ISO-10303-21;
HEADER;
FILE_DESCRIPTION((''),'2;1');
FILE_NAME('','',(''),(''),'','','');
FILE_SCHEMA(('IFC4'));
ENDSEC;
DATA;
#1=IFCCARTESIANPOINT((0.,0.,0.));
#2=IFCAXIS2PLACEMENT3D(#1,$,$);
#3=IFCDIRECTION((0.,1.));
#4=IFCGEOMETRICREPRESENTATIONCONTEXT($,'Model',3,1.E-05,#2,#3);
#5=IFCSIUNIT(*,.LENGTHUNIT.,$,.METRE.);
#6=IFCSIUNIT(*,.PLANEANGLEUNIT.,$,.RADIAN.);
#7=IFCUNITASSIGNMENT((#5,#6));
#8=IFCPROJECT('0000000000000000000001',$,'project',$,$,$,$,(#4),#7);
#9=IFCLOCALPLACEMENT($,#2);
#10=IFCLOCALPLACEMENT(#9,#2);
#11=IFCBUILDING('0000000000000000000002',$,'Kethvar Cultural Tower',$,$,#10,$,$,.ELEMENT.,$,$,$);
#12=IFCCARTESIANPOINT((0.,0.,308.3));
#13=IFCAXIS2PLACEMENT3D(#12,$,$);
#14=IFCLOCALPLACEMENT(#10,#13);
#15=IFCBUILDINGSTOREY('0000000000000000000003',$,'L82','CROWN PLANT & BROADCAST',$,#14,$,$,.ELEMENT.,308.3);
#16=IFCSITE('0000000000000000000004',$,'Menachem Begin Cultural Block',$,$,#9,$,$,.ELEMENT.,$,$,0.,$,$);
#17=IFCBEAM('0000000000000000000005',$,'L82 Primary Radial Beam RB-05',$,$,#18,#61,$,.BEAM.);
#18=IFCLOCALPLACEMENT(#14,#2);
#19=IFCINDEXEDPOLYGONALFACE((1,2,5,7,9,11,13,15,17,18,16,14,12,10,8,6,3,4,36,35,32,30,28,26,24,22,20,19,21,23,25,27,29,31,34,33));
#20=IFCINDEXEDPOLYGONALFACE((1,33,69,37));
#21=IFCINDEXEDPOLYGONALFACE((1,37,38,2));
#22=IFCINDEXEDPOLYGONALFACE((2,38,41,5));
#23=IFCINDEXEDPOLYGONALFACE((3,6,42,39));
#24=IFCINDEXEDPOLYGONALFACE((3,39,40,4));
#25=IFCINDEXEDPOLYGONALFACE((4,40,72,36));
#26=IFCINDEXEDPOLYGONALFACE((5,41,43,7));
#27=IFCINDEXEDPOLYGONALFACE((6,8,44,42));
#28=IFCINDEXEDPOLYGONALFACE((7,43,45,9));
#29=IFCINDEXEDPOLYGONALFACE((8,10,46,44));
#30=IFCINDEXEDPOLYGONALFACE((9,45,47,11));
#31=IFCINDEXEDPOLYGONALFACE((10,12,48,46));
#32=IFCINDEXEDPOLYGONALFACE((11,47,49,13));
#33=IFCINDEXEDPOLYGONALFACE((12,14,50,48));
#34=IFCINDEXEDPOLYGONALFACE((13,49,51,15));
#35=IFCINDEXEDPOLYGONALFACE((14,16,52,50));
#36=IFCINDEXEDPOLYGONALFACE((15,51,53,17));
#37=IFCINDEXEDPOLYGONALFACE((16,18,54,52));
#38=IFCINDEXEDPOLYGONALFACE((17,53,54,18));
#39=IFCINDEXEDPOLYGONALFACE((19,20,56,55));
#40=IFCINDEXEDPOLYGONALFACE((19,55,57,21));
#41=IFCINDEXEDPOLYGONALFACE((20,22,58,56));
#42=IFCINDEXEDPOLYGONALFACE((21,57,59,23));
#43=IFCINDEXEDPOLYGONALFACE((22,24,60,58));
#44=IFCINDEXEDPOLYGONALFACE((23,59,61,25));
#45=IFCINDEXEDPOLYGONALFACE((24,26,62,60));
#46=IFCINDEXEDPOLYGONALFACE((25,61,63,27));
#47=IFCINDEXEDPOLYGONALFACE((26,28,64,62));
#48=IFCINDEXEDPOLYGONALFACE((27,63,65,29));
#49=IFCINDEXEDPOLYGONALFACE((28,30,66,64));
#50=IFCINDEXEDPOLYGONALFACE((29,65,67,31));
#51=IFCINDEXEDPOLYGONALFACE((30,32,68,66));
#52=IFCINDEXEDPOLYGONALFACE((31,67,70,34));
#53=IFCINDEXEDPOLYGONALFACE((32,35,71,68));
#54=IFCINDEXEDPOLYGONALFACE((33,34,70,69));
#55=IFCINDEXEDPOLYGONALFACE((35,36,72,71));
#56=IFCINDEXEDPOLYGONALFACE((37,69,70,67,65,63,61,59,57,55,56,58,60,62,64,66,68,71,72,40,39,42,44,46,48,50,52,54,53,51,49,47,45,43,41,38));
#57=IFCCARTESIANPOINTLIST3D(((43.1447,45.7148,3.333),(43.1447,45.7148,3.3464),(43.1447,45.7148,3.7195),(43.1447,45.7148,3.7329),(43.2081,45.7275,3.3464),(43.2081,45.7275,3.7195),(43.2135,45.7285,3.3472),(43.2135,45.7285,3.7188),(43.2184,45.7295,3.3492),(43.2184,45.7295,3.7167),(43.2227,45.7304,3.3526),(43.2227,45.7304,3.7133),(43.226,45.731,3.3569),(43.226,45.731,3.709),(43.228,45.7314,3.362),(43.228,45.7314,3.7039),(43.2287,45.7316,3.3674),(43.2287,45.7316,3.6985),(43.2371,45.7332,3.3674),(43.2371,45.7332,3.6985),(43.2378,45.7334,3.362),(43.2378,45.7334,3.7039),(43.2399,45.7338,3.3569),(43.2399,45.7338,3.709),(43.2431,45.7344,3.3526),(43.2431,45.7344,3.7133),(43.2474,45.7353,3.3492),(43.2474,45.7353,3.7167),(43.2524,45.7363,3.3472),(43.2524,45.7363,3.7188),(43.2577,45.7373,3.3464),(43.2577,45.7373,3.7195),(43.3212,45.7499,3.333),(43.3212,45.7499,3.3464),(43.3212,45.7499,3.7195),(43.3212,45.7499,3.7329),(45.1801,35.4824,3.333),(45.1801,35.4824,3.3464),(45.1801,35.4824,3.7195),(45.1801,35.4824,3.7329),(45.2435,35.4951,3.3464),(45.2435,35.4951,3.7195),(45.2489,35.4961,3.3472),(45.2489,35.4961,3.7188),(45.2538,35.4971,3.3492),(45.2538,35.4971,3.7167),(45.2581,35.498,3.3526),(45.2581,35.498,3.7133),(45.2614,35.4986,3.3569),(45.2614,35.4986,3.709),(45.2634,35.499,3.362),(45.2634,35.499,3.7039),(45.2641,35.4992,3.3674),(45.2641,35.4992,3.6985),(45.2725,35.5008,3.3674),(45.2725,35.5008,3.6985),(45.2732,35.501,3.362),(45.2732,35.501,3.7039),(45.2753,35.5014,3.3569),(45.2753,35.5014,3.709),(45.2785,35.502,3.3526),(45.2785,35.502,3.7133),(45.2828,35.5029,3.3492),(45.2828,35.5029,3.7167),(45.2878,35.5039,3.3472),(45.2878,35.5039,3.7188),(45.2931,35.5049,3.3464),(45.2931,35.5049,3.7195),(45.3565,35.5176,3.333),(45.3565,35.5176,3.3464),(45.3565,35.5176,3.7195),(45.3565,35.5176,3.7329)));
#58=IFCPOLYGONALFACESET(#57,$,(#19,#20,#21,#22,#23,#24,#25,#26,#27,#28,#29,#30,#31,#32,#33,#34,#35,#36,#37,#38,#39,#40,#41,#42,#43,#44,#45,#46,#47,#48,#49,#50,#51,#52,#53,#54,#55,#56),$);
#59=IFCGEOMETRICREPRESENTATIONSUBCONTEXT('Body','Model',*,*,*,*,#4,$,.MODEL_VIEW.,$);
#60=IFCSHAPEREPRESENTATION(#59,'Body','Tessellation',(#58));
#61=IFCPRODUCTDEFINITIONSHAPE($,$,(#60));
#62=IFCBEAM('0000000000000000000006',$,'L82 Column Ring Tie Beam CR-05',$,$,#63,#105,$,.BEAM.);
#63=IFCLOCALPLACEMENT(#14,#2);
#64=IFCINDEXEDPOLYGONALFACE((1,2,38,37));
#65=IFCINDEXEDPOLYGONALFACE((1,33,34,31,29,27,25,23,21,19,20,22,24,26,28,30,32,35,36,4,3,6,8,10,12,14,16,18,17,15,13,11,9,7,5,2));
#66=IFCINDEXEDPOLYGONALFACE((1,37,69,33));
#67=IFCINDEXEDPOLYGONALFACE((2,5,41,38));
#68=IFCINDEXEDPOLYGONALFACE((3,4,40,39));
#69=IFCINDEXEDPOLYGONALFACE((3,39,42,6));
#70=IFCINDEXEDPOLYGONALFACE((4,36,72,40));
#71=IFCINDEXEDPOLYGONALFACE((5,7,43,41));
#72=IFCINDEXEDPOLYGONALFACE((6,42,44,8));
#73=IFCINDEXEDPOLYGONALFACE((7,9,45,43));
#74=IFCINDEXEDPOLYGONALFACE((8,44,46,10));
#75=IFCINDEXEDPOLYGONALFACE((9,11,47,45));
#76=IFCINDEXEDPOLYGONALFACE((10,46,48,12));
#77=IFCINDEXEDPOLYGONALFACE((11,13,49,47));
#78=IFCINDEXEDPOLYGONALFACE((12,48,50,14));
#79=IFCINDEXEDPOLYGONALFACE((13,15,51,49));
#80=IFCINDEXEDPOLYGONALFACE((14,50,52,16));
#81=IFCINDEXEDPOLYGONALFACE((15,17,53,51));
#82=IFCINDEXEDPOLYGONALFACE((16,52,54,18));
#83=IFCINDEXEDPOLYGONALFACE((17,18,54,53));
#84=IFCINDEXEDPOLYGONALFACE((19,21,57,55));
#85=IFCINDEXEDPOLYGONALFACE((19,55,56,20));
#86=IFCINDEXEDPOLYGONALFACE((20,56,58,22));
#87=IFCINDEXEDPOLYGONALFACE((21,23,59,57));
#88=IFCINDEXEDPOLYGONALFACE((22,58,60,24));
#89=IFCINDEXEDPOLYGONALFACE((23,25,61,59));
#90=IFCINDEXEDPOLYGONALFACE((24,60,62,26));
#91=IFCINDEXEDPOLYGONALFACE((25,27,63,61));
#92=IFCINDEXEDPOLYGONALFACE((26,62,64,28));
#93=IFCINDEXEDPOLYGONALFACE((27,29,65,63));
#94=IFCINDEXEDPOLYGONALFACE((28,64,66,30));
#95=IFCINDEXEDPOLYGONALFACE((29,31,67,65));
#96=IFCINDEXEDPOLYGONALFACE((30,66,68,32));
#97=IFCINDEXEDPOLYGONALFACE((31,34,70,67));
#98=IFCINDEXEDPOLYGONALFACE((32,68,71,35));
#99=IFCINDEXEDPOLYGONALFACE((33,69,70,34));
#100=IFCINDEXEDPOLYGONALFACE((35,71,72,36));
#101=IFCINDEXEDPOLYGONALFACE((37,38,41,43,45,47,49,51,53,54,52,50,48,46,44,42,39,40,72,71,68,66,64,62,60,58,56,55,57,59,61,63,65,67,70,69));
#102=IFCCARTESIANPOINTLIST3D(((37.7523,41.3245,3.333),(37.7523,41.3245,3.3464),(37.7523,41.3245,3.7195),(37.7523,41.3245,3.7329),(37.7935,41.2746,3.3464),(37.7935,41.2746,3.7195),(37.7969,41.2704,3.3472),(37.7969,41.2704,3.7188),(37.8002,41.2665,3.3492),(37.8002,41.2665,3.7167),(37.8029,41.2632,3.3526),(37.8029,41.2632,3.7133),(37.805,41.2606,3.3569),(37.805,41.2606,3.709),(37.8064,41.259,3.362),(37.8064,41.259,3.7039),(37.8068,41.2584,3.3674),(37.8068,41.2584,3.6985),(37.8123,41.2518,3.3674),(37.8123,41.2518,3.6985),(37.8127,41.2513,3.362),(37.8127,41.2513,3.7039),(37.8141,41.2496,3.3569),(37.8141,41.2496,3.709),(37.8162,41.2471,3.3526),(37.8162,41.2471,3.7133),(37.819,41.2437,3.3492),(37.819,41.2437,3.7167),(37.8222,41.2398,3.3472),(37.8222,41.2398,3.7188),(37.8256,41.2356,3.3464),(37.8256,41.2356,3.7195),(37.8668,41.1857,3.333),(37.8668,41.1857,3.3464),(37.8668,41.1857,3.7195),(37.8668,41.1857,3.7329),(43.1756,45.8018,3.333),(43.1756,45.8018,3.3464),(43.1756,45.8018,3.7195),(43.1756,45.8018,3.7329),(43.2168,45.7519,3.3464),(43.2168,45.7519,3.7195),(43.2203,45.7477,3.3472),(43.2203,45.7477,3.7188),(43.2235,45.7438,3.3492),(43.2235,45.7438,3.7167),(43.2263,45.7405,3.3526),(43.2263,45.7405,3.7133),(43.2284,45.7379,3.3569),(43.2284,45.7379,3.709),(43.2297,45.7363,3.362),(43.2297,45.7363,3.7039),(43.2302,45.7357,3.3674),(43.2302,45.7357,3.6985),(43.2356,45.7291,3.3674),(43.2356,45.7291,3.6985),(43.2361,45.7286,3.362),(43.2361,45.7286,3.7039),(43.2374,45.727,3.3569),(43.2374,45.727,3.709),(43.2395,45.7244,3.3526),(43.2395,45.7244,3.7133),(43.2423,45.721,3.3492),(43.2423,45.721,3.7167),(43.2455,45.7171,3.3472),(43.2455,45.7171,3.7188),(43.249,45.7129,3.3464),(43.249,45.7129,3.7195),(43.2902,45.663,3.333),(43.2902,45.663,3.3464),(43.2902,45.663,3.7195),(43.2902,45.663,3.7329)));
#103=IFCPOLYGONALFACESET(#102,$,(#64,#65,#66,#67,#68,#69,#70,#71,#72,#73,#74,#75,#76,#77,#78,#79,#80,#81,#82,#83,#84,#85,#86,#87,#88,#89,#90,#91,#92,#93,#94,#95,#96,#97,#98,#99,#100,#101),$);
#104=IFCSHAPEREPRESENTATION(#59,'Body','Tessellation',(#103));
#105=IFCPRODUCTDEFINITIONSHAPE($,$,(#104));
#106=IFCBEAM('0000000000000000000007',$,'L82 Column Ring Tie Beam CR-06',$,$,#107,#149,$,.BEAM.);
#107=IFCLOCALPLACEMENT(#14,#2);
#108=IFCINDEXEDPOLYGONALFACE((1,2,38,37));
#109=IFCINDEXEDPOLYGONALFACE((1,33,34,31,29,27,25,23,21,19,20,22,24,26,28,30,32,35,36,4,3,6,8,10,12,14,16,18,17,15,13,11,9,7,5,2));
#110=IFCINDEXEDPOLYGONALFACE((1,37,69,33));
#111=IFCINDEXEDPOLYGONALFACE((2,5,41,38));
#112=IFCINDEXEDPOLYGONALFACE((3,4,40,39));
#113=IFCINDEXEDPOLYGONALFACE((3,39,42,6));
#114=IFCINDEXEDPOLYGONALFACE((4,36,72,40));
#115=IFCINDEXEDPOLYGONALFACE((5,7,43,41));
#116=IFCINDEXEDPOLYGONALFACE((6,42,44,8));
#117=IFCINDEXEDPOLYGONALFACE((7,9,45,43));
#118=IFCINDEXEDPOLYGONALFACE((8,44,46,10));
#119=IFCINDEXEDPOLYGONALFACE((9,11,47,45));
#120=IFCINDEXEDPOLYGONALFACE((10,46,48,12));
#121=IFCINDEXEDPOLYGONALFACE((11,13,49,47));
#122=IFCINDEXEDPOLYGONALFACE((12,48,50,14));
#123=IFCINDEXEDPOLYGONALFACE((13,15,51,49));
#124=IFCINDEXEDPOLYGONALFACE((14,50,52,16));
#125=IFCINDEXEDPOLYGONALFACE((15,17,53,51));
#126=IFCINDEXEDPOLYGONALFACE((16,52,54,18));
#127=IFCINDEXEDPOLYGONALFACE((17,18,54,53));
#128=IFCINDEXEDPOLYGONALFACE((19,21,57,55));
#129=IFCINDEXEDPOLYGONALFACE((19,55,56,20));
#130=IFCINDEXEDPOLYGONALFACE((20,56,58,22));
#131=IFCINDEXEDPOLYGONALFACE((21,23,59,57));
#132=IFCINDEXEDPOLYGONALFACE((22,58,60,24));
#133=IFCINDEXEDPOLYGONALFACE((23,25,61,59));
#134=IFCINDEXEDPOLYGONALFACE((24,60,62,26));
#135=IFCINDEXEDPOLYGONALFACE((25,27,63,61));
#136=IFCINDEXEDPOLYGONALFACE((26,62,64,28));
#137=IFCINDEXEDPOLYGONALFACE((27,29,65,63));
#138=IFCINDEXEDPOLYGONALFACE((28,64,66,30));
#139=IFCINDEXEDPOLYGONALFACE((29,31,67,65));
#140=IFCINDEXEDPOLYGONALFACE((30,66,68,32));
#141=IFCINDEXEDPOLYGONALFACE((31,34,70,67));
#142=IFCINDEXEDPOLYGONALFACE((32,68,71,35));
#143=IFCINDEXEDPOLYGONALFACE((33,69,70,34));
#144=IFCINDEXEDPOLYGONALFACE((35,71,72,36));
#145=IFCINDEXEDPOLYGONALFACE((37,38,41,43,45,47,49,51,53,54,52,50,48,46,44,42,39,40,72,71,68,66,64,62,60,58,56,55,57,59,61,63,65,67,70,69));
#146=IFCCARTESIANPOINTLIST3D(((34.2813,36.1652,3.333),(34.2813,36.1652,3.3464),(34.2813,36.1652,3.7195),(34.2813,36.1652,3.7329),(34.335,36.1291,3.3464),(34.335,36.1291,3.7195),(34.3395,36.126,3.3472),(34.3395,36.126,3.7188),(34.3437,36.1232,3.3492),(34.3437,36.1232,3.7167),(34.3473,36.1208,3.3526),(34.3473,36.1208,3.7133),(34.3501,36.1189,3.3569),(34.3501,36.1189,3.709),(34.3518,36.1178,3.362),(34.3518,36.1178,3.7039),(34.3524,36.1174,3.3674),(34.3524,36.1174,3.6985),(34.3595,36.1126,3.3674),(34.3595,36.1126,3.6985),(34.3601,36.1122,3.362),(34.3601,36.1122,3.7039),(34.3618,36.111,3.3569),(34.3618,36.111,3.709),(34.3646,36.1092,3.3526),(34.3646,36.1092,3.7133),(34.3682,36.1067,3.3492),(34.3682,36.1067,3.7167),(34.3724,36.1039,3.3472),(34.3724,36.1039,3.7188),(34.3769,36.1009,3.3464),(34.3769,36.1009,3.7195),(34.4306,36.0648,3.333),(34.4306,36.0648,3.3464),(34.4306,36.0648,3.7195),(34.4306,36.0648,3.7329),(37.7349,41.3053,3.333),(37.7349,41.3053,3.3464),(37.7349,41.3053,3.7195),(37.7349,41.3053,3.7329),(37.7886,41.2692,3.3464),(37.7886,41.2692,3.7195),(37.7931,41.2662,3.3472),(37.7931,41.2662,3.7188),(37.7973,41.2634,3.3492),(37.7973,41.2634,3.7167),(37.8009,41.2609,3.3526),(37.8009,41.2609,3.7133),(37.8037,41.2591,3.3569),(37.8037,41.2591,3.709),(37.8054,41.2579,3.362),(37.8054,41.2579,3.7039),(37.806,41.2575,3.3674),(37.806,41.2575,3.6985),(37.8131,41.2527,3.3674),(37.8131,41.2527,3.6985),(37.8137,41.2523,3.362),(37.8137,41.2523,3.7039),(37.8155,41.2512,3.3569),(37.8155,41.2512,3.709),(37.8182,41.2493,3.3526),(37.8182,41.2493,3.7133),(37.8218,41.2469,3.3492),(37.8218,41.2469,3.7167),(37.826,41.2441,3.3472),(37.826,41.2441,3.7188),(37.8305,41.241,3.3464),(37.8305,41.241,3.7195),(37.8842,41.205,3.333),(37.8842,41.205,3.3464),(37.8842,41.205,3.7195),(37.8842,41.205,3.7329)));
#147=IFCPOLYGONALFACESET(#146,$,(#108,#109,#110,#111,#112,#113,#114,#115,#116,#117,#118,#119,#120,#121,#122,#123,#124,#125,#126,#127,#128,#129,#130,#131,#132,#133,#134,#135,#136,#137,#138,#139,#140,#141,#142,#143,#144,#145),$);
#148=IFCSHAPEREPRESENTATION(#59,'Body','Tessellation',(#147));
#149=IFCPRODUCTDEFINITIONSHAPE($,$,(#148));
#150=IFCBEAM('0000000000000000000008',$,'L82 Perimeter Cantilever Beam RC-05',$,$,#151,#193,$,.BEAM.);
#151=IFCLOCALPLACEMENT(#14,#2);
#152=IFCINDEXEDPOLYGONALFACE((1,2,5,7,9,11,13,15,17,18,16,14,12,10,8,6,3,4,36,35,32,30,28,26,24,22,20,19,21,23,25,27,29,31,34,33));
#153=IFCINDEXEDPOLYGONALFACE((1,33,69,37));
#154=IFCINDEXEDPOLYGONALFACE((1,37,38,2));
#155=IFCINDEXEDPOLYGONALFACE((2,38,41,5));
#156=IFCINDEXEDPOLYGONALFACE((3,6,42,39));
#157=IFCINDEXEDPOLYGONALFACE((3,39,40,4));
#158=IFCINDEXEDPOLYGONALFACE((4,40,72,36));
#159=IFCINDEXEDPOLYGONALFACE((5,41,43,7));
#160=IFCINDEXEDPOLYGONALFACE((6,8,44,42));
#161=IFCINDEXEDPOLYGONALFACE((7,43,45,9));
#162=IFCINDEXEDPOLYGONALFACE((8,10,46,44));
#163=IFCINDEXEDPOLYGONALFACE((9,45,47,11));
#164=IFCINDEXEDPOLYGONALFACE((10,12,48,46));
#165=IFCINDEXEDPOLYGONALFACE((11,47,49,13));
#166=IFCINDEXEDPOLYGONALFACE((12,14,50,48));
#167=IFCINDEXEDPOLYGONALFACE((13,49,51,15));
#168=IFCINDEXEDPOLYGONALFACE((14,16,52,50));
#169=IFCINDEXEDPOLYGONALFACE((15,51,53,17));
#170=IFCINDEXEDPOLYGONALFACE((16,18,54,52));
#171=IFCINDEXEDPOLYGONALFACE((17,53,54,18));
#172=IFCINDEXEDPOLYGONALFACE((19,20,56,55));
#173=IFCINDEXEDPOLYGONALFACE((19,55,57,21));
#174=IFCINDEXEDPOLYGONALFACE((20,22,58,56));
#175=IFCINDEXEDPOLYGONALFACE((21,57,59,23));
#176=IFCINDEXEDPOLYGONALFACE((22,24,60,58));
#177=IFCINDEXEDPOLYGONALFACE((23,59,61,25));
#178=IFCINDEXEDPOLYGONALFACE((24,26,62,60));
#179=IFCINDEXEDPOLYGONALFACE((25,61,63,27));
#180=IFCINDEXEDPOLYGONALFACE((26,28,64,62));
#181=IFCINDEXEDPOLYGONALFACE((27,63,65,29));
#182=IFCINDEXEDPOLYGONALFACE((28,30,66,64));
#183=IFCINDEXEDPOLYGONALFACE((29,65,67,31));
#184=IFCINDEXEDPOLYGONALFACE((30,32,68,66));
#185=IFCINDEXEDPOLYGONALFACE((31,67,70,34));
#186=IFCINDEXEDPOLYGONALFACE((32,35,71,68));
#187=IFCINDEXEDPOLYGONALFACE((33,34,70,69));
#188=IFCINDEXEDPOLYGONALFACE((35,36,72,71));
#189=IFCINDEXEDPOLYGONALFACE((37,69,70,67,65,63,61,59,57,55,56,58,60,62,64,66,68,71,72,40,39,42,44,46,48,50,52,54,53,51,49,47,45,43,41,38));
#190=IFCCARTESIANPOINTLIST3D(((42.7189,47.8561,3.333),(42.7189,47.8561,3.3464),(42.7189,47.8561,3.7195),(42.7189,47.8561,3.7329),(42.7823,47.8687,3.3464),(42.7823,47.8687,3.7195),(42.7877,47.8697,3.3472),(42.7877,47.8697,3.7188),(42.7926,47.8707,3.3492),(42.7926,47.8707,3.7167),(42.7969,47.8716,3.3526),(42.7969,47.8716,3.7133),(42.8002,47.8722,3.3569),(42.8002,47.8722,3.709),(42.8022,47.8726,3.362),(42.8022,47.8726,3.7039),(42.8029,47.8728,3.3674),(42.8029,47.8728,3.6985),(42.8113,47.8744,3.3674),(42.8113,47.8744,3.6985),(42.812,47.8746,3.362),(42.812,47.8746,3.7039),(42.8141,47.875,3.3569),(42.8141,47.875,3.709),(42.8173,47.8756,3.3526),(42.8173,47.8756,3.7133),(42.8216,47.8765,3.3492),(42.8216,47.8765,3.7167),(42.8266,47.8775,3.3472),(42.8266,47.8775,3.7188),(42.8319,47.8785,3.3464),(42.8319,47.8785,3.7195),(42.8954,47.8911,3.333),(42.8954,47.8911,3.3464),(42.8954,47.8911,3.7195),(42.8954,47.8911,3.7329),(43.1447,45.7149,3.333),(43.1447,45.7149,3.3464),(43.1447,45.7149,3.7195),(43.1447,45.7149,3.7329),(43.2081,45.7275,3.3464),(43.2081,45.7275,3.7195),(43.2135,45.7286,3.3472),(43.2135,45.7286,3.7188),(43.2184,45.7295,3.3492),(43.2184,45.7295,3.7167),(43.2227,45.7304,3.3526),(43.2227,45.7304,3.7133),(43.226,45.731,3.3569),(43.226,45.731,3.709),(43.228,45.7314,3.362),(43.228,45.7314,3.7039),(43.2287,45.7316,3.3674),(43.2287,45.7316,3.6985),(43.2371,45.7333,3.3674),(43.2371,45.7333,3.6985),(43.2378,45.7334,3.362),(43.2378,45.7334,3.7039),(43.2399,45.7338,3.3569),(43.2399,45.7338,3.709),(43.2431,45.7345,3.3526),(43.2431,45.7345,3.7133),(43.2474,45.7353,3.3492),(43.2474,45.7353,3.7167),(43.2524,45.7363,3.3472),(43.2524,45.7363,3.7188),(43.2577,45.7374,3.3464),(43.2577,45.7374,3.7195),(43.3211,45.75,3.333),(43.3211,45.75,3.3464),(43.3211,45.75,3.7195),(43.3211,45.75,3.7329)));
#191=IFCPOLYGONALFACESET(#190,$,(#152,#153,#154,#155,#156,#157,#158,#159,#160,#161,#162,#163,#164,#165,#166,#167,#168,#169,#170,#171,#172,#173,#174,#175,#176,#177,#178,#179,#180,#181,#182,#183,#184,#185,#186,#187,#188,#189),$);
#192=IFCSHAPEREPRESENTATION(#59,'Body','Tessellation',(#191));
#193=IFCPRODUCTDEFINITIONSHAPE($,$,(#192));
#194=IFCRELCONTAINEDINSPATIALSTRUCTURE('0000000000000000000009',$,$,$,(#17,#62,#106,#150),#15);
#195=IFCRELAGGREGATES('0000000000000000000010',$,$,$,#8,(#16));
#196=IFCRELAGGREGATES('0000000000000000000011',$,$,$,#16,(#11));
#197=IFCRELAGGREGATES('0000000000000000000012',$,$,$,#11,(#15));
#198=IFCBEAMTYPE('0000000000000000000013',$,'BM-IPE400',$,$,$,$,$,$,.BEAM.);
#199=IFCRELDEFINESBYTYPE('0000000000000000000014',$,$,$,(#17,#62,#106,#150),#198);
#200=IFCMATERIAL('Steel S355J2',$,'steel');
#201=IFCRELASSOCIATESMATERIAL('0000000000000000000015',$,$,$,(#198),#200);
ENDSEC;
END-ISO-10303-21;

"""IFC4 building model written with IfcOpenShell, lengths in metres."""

from ifc_helpers import new_model, si_unit, direction, frame, origin, origin_2d, place, context, subcontext, project, spatial, i_section, extrude, source, transform, mapped, material, material_profile, profile_set, type_object, element, save


model = new_model("IFC4")

# Units and contexts
model_context = context("Model", 3, precision=1e-05, world=origin(), true_north=direction((0.0, 1.0)))
body_context = subcontext(model_context, "Body", "Model", "MODEL_VIEW")
ifc_project = project(units=[si_unit("LENGTHUNIT", "METRE"), si_unit("PLANEANGLEUNIT", "RADIAN")], contexts=[model_context])

# Site, building, storey
site_placement = place(None, origin())
site = spatial("IfcSite", under=ifc_project, at=site_placement, Name="Menachem Begin Cultural Block", CompositionType="ELEMENT", RefElevation=0.0)
building_placement = place(site_placement, origin())
building = spatial("IfcBuilding", under=site, at=building_placement, Name="Kethvar Cultural Tower", CompositionType="ELEMENT")
storey_placement = place(building_placement, frame((0.0, 0.0, 308.3)))
storey = spatial("IfcBuildingStorey", under=building, at=storey_placement, Name="L82", Description="CROWN PLANT & BROADCAST", CompositionType="ELEMENT", Elevation=308.3)

# Shared definitions
ifc_material_1 = material(Name="Steel S355J2", Category="steel")

# Beams
ifc_material_profile_1 = material_profile(ifc_material_1, i_section(OverallWidth=0.1799, OverallDepth=0.3999, WebThickness=0.0085, FlangeThickness=0.0134, FilletRadius=0.021, at=origin_2d()), Name="Steel S355J2 — IPE400")
ifc_profile_set_1 = profile_set([ifc_material_profile_1], Name="Steel S355J2 — IPE400")
beam_type_1 = type_object("IfcBeamType", Name="BM-IPE400", PredefinedType="BEAM", material=ifc_profile_set_1)
shared_shape_1 = source(origin(), body_context, "Body", "SweptSolid", [
    extrude(i_section(OverallWidth=0.1799, OverallDepth=0.3999, WebThickness=0.0085, FlangeThickness=0.0134, FilletRadius=0.021, at=origin_2d()), origin(), (0.0, 0.0, 1.0), 10.4329),
])
beam_1_placement = place(storey_placement, frame((45.2683, 35.5, 3.533), z_axis=(-0.195094, 0.980784, 0.0), x_axis=(-0.980784, -0.195094, 0.0)))
element("IfcBeam", 1, at=beam_1_placement, inside=storey, type_object=beam_type_1, Name="L82 Primary Radial Beam RB-05", PredefinedType="BEAM", context=body_context, shape_type="MappedRepresentation", body=[
    mapped(shared_shape_1, transform((0.0, 0.0, 0.0), scale=1.0)),
])
shared_shape_2 = source(origin(), body_context, "Body", "SweptSolid", [
    extrude(i_section(OverallWidth=0.1799, OverallDepth=0.3999, WebThickness=0.0085, FlangeThickness=0.0134, FilletRadius=0.021, at=origin_2d()), origin(), (0.0, 0.0, 1.0), 7.0327),
])
beam_2_placement = place(storey_placement, frame((43.2329, 45.7324, 3.533), z_axis=(-0.771161, -0.63664, 0.0), x_axis=(0.63664, -0.771161, 0.0)))
element("IfcBeam", 2, at=beam_2_placement, inside=storey, type_object=beam_type_1, Name="L82 Column Ring Tie Beam CR-05", PredefinedType="BEAM", context=body_context, shape_type="MappedRepresentation", body=[
    mapped(shared_shape_2, transform((0.0, 0.0, 0.0), scale=1.0)),
])
shared_shape_3 = source(origin(), body_context, "Body", "SweptSolid", [
    extrude(i_section(OverallWidth=0.1799, OverallDepth=0.3999, WebThickness=0.0085, FlangeThickness=0.0134, FilletRadius=0.021, at=origin_2d()), origin(), (0.0, 0.0, 1.0), 6.1926),
])
beam_3_placement = place(storey_placement, frame((37.8096, 41.2551, 3.533), z_axis=(-0.557699, -0.830043, 0.0), x_axis=(0.830043, -0.557699, 0.0)))
element("IfcBeam", 3, at=beam_3_placement, inside=storey, type_object=beam_type_1, Name="L82 Column Ring Tie Beam CR-06", PredefinedType="BEAM", context=body_context, shape_type="MappedRepresentation", body=[
    mapped(shared_shape_3, transform((0.0, 0.0, 0.0), scale=1.0)),
])
shared_shape_4 = source(origin(), body_context, "Body", "SweptSolid", [
    extrude(i_section(OverallWidth=0.1799, OverallDepth=0.3999, WebThickness=0.0085, FlangeThickness=0.0134, FilletRadius=0.021, at=origin_2d()), origin(), (0.0, 0.0, 1.0), 2.1831),
])
beam_4_placement = place(storey_placement, frame((43.2329, 45.7324, 3.533), z_axis=(-0.195041, 0.980795, 0.0), x_axis=(-0.980795, -0.195041, 0.0)))
element("IfcBeam", 4, at=beam_4_placement, inside=storey, type_object=beam_type_1, Name="L82 Perimeter Cantilever Beam RC-05", PredefinedType="BEAM", context=body_context, shape_type="MappedRepresentation", body=[
    mapped(shared_shape_4, transform((0.0, 0.0, 0.0), scale=1.0)),
])

save(model, "model.ifc")
